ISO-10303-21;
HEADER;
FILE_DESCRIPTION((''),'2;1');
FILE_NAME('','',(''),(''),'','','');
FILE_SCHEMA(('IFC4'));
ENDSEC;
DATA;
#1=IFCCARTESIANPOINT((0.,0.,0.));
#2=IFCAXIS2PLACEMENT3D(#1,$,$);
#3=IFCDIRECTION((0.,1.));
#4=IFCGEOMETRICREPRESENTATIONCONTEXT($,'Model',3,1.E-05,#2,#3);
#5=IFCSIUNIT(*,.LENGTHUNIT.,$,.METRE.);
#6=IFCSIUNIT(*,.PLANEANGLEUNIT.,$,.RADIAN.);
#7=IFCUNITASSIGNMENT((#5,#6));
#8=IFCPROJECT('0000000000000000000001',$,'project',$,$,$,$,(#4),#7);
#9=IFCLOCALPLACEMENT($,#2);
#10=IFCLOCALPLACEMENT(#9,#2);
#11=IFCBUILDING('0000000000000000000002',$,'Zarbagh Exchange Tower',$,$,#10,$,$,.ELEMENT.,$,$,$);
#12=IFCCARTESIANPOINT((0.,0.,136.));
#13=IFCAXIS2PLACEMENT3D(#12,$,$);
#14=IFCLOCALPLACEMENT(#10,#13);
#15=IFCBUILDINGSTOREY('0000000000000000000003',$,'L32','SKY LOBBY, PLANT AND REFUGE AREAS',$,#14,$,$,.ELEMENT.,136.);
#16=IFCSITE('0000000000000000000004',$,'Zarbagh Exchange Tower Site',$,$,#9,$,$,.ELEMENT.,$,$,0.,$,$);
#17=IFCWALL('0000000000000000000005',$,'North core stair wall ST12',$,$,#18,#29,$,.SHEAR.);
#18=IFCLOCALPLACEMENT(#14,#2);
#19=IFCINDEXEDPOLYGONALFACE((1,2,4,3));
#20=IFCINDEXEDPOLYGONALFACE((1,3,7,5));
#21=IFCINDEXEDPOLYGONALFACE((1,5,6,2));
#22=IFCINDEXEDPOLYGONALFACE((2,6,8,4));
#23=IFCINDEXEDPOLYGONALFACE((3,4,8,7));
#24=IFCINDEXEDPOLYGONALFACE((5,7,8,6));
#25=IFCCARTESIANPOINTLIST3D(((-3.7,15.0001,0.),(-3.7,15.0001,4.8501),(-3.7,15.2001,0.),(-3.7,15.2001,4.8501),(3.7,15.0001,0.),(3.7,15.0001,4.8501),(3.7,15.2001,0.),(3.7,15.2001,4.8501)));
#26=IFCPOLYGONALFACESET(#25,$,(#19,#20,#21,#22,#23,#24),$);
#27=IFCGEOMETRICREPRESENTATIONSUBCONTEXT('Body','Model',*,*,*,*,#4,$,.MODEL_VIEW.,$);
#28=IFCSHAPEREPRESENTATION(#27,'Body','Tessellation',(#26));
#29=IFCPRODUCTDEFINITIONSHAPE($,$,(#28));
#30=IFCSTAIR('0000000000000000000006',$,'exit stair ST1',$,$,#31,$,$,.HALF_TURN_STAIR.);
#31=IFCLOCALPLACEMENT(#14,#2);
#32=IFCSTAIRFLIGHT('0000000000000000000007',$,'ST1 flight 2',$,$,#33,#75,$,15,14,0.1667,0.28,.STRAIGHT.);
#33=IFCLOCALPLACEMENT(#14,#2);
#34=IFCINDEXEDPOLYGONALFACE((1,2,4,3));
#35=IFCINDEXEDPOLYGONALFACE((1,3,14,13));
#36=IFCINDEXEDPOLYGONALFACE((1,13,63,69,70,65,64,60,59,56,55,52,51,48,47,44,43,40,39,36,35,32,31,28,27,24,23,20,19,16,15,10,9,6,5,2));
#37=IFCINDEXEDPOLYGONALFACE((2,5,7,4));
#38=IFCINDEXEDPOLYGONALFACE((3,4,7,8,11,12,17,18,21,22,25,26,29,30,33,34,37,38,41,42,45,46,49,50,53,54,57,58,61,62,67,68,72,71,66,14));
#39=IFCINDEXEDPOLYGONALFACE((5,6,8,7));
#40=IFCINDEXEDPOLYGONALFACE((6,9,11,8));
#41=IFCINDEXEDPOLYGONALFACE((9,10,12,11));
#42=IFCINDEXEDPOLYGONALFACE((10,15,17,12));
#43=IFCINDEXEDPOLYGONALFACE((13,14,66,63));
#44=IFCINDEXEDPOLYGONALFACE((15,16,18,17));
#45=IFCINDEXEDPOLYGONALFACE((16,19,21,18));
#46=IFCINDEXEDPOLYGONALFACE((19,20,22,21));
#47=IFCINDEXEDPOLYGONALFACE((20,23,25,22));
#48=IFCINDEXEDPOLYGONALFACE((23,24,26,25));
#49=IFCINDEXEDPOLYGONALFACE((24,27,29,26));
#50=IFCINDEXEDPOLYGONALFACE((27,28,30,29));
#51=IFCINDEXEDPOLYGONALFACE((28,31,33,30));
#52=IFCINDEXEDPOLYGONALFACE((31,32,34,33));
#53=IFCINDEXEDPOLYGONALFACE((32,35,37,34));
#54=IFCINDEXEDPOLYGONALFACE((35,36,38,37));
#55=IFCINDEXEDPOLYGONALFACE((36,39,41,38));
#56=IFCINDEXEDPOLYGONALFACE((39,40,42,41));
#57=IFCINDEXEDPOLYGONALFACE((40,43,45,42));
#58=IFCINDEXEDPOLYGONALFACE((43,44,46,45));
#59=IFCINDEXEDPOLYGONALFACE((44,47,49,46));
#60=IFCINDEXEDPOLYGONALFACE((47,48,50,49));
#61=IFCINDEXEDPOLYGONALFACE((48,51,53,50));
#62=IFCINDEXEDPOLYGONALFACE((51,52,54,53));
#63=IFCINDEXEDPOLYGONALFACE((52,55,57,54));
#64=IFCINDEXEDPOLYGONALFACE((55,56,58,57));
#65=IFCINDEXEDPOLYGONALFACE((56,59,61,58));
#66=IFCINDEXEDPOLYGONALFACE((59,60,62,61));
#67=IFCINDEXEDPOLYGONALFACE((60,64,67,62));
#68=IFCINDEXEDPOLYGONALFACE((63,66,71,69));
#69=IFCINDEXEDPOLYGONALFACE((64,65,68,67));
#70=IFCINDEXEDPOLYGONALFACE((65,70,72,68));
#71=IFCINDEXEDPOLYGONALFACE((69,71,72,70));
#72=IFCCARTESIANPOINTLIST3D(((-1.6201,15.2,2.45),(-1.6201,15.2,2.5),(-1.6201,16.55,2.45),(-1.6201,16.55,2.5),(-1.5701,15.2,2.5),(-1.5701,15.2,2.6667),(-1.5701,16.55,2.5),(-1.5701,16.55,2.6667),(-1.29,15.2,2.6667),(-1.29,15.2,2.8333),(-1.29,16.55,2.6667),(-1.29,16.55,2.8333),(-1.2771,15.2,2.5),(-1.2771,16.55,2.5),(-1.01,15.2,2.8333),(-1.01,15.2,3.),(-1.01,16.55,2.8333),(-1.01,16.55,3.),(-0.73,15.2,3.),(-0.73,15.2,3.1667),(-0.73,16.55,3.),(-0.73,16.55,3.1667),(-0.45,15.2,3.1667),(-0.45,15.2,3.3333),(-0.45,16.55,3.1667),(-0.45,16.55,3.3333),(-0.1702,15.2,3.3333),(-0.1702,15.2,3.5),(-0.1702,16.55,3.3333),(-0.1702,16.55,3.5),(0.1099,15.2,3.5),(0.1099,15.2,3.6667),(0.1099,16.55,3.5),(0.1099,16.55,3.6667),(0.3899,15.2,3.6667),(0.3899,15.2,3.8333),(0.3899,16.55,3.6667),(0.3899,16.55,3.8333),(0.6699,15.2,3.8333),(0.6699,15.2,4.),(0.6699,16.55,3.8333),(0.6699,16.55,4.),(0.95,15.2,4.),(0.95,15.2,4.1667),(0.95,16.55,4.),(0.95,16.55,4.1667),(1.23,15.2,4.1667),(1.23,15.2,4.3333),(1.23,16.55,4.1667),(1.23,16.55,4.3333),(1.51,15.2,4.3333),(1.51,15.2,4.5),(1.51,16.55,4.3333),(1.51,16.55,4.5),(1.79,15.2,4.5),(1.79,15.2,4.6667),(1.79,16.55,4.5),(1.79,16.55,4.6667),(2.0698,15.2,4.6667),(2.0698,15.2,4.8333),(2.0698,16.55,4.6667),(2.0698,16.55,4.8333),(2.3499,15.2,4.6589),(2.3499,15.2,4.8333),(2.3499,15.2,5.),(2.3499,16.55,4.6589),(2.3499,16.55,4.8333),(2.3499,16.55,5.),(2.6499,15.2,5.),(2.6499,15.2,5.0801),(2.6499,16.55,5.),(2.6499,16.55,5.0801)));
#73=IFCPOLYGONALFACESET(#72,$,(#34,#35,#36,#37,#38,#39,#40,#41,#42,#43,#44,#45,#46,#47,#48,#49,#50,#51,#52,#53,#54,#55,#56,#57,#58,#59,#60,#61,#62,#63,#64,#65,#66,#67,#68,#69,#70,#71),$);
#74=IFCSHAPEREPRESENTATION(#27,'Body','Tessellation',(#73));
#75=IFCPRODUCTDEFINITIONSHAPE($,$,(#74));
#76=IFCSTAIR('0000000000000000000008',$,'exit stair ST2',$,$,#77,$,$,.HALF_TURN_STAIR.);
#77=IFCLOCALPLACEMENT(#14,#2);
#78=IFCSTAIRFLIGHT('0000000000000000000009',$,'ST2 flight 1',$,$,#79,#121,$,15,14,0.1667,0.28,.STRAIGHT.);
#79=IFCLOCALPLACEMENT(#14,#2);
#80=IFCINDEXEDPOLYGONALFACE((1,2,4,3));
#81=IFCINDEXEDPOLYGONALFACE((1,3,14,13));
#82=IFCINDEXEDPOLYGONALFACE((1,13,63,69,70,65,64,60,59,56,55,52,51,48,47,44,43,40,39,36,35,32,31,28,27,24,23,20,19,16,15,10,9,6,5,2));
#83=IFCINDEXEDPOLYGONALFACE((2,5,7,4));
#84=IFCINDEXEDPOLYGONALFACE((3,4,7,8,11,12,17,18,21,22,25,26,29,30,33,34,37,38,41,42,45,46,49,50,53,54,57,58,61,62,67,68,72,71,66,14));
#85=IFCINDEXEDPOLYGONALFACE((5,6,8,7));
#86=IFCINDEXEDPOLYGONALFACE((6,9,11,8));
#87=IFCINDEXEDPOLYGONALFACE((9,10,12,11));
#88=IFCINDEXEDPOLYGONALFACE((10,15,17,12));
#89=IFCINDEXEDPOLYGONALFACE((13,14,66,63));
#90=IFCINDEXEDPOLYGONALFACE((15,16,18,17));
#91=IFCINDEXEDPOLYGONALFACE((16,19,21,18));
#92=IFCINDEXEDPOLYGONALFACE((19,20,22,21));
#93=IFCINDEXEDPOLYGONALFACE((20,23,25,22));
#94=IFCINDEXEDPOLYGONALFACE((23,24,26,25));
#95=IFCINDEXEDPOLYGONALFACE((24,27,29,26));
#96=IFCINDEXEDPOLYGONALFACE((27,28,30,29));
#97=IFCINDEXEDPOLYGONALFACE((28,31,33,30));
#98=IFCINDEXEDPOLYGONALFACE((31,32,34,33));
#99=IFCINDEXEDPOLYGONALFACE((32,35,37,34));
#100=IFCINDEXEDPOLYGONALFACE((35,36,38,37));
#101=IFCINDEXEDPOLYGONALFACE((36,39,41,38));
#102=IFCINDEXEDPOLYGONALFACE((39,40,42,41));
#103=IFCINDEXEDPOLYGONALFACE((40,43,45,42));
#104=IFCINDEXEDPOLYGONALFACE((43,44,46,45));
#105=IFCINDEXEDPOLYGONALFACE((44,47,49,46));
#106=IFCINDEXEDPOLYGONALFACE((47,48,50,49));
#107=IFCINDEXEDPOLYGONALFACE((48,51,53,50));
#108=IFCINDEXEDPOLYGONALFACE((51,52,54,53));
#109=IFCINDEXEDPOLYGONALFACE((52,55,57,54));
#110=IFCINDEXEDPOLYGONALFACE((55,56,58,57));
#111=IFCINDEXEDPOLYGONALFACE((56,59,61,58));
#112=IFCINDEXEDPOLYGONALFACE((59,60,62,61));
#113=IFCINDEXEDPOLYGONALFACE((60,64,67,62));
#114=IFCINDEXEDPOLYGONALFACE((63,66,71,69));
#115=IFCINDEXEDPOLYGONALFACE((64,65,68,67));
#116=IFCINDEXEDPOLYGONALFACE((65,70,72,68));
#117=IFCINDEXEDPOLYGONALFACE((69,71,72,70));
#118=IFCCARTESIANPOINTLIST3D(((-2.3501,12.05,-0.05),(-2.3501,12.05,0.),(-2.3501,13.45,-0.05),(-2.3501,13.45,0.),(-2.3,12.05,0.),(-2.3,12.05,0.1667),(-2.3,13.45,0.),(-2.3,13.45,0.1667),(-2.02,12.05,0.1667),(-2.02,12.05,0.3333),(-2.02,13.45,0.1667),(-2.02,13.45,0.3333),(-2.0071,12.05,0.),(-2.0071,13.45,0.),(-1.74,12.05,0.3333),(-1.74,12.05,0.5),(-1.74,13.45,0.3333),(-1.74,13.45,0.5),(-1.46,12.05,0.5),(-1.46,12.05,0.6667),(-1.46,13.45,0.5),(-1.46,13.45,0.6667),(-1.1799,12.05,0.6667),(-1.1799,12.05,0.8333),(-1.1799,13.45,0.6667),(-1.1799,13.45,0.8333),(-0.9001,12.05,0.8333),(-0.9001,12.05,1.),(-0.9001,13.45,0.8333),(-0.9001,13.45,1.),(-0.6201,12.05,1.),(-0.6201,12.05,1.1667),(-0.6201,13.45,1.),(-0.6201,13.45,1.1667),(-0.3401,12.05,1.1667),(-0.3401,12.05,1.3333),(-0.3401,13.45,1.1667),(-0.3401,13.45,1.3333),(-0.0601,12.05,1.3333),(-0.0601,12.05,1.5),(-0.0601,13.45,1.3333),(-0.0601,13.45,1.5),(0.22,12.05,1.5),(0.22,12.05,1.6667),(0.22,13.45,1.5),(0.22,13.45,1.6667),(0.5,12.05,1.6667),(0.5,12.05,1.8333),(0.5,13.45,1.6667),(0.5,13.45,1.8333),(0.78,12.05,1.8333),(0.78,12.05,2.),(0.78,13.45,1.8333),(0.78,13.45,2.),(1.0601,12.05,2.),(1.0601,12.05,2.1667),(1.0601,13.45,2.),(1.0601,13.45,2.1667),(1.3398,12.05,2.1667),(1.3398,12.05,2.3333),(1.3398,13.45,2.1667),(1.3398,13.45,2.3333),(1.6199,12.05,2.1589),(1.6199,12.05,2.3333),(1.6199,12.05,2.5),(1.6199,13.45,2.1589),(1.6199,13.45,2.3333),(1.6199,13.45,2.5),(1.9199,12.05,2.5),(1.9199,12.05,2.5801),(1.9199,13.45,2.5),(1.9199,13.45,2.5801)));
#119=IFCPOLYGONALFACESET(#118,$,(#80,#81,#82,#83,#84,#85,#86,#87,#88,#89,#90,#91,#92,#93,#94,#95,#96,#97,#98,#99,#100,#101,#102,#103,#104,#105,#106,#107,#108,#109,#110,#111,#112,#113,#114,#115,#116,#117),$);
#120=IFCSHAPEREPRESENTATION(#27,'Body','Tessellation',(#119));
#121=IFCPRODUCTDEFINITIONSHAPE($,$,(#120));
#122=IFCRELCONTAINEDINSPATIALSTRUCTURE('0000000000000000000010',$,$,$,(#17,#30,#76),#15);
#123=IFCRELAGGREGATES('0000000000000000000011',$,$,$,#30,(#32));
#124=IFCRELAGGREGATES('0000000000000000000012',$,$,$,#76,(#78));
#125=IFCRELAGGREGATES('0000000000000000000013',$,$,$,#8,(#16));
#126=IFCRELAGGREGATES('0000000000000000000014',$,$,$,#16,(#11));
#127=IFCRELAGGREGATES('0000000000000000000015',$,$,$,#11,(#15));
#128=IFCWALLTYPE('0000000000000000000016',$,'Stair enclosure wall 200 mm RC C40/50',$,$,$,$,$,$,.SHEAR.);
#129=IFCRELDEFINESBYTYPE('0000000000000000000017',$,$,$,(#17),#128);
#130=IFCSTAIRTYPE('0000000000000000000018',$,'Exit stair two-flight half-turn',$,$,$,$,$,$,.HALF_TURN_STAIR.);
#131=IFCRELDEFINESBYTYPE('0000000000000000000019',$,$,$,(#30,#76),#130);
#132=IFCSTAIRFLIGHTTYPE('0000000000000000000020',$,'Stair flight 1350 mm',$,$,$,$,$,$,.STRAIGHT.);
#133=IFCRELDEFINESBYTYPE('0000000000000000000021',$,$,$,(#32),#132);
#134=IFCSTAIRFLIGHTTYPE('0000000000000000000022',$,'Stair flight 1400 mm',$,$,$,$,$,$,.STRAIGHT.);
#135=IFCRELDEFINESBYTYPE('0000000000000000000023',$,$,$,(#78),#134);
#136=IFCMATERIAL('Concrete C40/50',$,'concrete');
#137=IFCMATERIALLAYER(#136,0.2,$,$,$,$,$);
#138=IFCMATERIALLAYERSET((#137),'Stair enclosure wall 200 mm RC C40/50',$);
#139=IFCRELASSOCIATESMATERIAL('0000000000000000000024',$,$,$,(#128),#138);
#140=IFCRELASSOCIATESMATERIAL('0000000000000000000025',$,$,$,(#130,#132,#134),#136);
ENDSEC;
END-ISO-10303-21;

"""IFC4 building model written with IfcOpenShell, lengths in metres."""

from ifc_helpers import new_model, si_unit, direction, frame, frame_2d, origin, place, context, subcontext, project, spatial, polyline, rectangle, outline, extrude, material, layer, layer_set, type_object, element, aggregate, save


model = new_model("IFC4")

# Units and contexts
model_context = context("Model", 3, precision=1e-05, world=origin(), true_north=direction((0.0, 1.0)))
body_context = subcontext(model_context, "Body", "Model", "MODEL_VIEW")
ifc_project = project(units=[si_unit("LENGTHUNIT", "METRE"), si_unit("PLANEANGLEUNIT", "RADIAN")], contexts=[model_context])

# Site, building, storey
site_placement = place(None, origin())
site = spatial("IfcSite", under=ifc_project, at=site_placement, Name="Zarbagh Exchange Tower Site", CompositionType="ELEMENT", RefElevation=0.0)
building_placement = place(site_placement, origin())
building = spatial("IfcBuilding", under=site, at=building_placement, Name="Zarbagh Exchange Tower", CompositionType="ELEMENT")
storey_placement = place(building_placement, frame((0.0, 0.0, 136.0)))
storey = spatial("IfcBuildingStorey", under=building, at=storey_placement, Name="L32", Description="SKY LOBBY, PLANT AND REFUGE AREAS", CompositionType="ELEMENT", Elevation=136.0)

# Wall
ifc_material_1 = material(Name="Concrete C40/50", Category="concrete")
ifc_layer_1 = layer(ifc_material_1, 0.2)
ifc_layer_set_1 = layer_set([ifc_layer_1], Name="Stair enclosure wall 200 mm RC C40/50")
wall_type_1 = type_object("IfcWallType", Name="Stair enclosure wall 200 mm RC C40/50", PredefinedType="SHEAR", material=ifc_layer_set_1)
for number, where, z_axis, x_axis, name in (
    (1, (-3.7, 15.1001, 0.0), (0.0, 0.0, 1.0), (1.0, 0.0, 0.0), "North core stair wall ST12"),
):
    element("IfcWall", number, at=place(storey_placement, frame(where, z_axis=z_axis, x_axis=x_axis)), inside=storey, type_object=wall_type_1, Name=name, PredefinedType="SHEAR", context=body_context, shape_type="SweptSolid", body=[
        extrude(rectangle(XDim=7.3999, YDim=0.2, at=frame_2d((3.7, 0.0))), origin(), (0.0, 0.0, 1.0), 4.8501),
    ])

# Stairs, stair flights
stair_type = type_object("IfcStairType", Name="Exit stair two-flight half-turn", PredefinedType="HALF_TURN_STAIR", material=ifc_material_1)
stair_1_placement = place(storey_placement, origin())
stair_1 = element("IfcStair", 2, at=stair_1_placement, inside=storey, type_object=stair_type, Name="exit stair ST1", PredefinedType="HALF_TURN_STAIR")
stair_flight_type_1 = type_object("IfcStairFlightType", Name="Stair flight 1350 mm", PredefinedType="STRAIGHT", material=ifc_material_1)
stair_flight_1_placement = place(storey_placement, frame((-1.5701, 15.875, 2.5), z_axis=(0.0, 0.0, 1.0), x_axis=(1.0, 0.0, 0.0)))
stair_flight_1 = element("IfcStairFlight", 3, at=stair_flight_1_placement, type_object=stair_flight_type_1, Name="ST1 flight 2", NumberOfRisers=15, NumberOfTreads=14, PredefinedType="STRAIGHT", RiserHeight=0.1667, TreadLength=0.28, context=body_context, shape_type="SweptSolid", body=[
    extrude(outline(polyline([(-0.05, -0.05), (-0.05, 0.0), (0.0, 0.0), (0.0, 0.1667), (0.28, 0.1667), (0.28, 0.3333), (0.5601, 0.3333), (0.5601, 0.5), (0.8401, 0.5), (0.8401, 0.6667), (1.1201, 0.6667), (1.1201, 0.8333), (1.3999, 0.8333), (1.3999, 1.0), (1.6799, 1.0), (1.6799, 1.1667), (1.96, 1.1667), (1.96, 1.3333), (2.24, 1.3333), (2.24, 1.5), (2.52, 1.5), (2.52, 1.6667), (2.8, 1.6667), (2.8, 1.8333), (3.0801, 1.8333), (3.0801, 2.0), (3.3601, 2.0), (3.3601, 2.1667), (3.6399, 2.1667), (3.6399, 2.3333), (3.9199, 2.3333), (3.9199, 2.5), (4.22, 2.5801), (4.22, 2.5), (3.9199, 2.1589), (0.293, 0.0), (-0.05, -0.05)])), frame((0.0, 0.675, 0.0), z_axis=(0.0, -1.0, 0.0), x_axis=(1.0, 0.0, 0.0)), (0.0, 0.0, 1.0), 1.3501),
])
aggregate(stair_1, [stair_flight_1])
stair_2_placement = place(storey_placement, origin())
stair_2 = element("IfcStair", 4, at=stair_2_placement, inside=storey, type_object=stair_type, Name="exit stair ST2", PredefinedType="HALF_TURN_STAIR")
stair_flight_type_2 = type_object("IfcStairFlightType", Name="Stair flight 1400 mm", PredefinedType="STRAIGHT", material=ifc_material_1)
stair_flight_2_placement = place(storey_placement, frame((-2.3, 12.75, 0.0), z_axis=(0.0, 0.0, 1.0), x_axis=(1.0, 0.0, 0.0)))
stair_flight_2 = element("IfcStairFlight", 5, at=stair_flight_2_placement, type_object=stair_flight_type_2, Name="ST2 flight 1", NumberOfRisers=15, NumberOfTreads=14, PredefinedType="STRAIGHT", RiserHeight=0.1667, TreadLength=0.28, context=body_context, shape_type="SweptSolid", body=[
    extrude(outline(polyline([(-0.05, -0.05), (-0.05, 0.0), (0.0, 0.0), (0.0, 0.1667), (0.28, 0.1667), (0.28, 0.3333), (0.5601, 0.3333), (0.5601, 0.5), (0.8401, 0.5), (0.8401, 0.6667), (1.1201, 0.6667), (1.1201, 0.8333), (1.3999, 0.8333), (1.3999, 1.0), (1.6799, 1.0), (1.6799, 1.1667), (1.96, 1.1667), (1.96, 1.3333), (2.24, 1.3333), (2.24, 1.5), (2.52, 1.5), (2.52, 1.6667), (2.8, 1.6667), (2.8, 1.8333), (3.0801, 1.8333), (3.0801, 2.0), (3.3601, 2.0), (3.3601, 2.1667), (3.6399, 2.1667), (3.6399, 2.3333), (3.9199, 2.3333), (3.9199, 2.5), (4.22, 2.5801), (4.22, 2.5), (3.9199, 2.1589), (0.293, 0.0), (-0.05, -0.05)])), frame((0.0, 0.7, 0.0), z_axis=(0.0, -1.0, 0.0), x_axis=(1.0, 0.0, 0.0)), (0.0, 0.0, 1.0), 1.3999),
])
aggregate(stair_2, [stair_flight_2])

save(model, "model.ifc")
